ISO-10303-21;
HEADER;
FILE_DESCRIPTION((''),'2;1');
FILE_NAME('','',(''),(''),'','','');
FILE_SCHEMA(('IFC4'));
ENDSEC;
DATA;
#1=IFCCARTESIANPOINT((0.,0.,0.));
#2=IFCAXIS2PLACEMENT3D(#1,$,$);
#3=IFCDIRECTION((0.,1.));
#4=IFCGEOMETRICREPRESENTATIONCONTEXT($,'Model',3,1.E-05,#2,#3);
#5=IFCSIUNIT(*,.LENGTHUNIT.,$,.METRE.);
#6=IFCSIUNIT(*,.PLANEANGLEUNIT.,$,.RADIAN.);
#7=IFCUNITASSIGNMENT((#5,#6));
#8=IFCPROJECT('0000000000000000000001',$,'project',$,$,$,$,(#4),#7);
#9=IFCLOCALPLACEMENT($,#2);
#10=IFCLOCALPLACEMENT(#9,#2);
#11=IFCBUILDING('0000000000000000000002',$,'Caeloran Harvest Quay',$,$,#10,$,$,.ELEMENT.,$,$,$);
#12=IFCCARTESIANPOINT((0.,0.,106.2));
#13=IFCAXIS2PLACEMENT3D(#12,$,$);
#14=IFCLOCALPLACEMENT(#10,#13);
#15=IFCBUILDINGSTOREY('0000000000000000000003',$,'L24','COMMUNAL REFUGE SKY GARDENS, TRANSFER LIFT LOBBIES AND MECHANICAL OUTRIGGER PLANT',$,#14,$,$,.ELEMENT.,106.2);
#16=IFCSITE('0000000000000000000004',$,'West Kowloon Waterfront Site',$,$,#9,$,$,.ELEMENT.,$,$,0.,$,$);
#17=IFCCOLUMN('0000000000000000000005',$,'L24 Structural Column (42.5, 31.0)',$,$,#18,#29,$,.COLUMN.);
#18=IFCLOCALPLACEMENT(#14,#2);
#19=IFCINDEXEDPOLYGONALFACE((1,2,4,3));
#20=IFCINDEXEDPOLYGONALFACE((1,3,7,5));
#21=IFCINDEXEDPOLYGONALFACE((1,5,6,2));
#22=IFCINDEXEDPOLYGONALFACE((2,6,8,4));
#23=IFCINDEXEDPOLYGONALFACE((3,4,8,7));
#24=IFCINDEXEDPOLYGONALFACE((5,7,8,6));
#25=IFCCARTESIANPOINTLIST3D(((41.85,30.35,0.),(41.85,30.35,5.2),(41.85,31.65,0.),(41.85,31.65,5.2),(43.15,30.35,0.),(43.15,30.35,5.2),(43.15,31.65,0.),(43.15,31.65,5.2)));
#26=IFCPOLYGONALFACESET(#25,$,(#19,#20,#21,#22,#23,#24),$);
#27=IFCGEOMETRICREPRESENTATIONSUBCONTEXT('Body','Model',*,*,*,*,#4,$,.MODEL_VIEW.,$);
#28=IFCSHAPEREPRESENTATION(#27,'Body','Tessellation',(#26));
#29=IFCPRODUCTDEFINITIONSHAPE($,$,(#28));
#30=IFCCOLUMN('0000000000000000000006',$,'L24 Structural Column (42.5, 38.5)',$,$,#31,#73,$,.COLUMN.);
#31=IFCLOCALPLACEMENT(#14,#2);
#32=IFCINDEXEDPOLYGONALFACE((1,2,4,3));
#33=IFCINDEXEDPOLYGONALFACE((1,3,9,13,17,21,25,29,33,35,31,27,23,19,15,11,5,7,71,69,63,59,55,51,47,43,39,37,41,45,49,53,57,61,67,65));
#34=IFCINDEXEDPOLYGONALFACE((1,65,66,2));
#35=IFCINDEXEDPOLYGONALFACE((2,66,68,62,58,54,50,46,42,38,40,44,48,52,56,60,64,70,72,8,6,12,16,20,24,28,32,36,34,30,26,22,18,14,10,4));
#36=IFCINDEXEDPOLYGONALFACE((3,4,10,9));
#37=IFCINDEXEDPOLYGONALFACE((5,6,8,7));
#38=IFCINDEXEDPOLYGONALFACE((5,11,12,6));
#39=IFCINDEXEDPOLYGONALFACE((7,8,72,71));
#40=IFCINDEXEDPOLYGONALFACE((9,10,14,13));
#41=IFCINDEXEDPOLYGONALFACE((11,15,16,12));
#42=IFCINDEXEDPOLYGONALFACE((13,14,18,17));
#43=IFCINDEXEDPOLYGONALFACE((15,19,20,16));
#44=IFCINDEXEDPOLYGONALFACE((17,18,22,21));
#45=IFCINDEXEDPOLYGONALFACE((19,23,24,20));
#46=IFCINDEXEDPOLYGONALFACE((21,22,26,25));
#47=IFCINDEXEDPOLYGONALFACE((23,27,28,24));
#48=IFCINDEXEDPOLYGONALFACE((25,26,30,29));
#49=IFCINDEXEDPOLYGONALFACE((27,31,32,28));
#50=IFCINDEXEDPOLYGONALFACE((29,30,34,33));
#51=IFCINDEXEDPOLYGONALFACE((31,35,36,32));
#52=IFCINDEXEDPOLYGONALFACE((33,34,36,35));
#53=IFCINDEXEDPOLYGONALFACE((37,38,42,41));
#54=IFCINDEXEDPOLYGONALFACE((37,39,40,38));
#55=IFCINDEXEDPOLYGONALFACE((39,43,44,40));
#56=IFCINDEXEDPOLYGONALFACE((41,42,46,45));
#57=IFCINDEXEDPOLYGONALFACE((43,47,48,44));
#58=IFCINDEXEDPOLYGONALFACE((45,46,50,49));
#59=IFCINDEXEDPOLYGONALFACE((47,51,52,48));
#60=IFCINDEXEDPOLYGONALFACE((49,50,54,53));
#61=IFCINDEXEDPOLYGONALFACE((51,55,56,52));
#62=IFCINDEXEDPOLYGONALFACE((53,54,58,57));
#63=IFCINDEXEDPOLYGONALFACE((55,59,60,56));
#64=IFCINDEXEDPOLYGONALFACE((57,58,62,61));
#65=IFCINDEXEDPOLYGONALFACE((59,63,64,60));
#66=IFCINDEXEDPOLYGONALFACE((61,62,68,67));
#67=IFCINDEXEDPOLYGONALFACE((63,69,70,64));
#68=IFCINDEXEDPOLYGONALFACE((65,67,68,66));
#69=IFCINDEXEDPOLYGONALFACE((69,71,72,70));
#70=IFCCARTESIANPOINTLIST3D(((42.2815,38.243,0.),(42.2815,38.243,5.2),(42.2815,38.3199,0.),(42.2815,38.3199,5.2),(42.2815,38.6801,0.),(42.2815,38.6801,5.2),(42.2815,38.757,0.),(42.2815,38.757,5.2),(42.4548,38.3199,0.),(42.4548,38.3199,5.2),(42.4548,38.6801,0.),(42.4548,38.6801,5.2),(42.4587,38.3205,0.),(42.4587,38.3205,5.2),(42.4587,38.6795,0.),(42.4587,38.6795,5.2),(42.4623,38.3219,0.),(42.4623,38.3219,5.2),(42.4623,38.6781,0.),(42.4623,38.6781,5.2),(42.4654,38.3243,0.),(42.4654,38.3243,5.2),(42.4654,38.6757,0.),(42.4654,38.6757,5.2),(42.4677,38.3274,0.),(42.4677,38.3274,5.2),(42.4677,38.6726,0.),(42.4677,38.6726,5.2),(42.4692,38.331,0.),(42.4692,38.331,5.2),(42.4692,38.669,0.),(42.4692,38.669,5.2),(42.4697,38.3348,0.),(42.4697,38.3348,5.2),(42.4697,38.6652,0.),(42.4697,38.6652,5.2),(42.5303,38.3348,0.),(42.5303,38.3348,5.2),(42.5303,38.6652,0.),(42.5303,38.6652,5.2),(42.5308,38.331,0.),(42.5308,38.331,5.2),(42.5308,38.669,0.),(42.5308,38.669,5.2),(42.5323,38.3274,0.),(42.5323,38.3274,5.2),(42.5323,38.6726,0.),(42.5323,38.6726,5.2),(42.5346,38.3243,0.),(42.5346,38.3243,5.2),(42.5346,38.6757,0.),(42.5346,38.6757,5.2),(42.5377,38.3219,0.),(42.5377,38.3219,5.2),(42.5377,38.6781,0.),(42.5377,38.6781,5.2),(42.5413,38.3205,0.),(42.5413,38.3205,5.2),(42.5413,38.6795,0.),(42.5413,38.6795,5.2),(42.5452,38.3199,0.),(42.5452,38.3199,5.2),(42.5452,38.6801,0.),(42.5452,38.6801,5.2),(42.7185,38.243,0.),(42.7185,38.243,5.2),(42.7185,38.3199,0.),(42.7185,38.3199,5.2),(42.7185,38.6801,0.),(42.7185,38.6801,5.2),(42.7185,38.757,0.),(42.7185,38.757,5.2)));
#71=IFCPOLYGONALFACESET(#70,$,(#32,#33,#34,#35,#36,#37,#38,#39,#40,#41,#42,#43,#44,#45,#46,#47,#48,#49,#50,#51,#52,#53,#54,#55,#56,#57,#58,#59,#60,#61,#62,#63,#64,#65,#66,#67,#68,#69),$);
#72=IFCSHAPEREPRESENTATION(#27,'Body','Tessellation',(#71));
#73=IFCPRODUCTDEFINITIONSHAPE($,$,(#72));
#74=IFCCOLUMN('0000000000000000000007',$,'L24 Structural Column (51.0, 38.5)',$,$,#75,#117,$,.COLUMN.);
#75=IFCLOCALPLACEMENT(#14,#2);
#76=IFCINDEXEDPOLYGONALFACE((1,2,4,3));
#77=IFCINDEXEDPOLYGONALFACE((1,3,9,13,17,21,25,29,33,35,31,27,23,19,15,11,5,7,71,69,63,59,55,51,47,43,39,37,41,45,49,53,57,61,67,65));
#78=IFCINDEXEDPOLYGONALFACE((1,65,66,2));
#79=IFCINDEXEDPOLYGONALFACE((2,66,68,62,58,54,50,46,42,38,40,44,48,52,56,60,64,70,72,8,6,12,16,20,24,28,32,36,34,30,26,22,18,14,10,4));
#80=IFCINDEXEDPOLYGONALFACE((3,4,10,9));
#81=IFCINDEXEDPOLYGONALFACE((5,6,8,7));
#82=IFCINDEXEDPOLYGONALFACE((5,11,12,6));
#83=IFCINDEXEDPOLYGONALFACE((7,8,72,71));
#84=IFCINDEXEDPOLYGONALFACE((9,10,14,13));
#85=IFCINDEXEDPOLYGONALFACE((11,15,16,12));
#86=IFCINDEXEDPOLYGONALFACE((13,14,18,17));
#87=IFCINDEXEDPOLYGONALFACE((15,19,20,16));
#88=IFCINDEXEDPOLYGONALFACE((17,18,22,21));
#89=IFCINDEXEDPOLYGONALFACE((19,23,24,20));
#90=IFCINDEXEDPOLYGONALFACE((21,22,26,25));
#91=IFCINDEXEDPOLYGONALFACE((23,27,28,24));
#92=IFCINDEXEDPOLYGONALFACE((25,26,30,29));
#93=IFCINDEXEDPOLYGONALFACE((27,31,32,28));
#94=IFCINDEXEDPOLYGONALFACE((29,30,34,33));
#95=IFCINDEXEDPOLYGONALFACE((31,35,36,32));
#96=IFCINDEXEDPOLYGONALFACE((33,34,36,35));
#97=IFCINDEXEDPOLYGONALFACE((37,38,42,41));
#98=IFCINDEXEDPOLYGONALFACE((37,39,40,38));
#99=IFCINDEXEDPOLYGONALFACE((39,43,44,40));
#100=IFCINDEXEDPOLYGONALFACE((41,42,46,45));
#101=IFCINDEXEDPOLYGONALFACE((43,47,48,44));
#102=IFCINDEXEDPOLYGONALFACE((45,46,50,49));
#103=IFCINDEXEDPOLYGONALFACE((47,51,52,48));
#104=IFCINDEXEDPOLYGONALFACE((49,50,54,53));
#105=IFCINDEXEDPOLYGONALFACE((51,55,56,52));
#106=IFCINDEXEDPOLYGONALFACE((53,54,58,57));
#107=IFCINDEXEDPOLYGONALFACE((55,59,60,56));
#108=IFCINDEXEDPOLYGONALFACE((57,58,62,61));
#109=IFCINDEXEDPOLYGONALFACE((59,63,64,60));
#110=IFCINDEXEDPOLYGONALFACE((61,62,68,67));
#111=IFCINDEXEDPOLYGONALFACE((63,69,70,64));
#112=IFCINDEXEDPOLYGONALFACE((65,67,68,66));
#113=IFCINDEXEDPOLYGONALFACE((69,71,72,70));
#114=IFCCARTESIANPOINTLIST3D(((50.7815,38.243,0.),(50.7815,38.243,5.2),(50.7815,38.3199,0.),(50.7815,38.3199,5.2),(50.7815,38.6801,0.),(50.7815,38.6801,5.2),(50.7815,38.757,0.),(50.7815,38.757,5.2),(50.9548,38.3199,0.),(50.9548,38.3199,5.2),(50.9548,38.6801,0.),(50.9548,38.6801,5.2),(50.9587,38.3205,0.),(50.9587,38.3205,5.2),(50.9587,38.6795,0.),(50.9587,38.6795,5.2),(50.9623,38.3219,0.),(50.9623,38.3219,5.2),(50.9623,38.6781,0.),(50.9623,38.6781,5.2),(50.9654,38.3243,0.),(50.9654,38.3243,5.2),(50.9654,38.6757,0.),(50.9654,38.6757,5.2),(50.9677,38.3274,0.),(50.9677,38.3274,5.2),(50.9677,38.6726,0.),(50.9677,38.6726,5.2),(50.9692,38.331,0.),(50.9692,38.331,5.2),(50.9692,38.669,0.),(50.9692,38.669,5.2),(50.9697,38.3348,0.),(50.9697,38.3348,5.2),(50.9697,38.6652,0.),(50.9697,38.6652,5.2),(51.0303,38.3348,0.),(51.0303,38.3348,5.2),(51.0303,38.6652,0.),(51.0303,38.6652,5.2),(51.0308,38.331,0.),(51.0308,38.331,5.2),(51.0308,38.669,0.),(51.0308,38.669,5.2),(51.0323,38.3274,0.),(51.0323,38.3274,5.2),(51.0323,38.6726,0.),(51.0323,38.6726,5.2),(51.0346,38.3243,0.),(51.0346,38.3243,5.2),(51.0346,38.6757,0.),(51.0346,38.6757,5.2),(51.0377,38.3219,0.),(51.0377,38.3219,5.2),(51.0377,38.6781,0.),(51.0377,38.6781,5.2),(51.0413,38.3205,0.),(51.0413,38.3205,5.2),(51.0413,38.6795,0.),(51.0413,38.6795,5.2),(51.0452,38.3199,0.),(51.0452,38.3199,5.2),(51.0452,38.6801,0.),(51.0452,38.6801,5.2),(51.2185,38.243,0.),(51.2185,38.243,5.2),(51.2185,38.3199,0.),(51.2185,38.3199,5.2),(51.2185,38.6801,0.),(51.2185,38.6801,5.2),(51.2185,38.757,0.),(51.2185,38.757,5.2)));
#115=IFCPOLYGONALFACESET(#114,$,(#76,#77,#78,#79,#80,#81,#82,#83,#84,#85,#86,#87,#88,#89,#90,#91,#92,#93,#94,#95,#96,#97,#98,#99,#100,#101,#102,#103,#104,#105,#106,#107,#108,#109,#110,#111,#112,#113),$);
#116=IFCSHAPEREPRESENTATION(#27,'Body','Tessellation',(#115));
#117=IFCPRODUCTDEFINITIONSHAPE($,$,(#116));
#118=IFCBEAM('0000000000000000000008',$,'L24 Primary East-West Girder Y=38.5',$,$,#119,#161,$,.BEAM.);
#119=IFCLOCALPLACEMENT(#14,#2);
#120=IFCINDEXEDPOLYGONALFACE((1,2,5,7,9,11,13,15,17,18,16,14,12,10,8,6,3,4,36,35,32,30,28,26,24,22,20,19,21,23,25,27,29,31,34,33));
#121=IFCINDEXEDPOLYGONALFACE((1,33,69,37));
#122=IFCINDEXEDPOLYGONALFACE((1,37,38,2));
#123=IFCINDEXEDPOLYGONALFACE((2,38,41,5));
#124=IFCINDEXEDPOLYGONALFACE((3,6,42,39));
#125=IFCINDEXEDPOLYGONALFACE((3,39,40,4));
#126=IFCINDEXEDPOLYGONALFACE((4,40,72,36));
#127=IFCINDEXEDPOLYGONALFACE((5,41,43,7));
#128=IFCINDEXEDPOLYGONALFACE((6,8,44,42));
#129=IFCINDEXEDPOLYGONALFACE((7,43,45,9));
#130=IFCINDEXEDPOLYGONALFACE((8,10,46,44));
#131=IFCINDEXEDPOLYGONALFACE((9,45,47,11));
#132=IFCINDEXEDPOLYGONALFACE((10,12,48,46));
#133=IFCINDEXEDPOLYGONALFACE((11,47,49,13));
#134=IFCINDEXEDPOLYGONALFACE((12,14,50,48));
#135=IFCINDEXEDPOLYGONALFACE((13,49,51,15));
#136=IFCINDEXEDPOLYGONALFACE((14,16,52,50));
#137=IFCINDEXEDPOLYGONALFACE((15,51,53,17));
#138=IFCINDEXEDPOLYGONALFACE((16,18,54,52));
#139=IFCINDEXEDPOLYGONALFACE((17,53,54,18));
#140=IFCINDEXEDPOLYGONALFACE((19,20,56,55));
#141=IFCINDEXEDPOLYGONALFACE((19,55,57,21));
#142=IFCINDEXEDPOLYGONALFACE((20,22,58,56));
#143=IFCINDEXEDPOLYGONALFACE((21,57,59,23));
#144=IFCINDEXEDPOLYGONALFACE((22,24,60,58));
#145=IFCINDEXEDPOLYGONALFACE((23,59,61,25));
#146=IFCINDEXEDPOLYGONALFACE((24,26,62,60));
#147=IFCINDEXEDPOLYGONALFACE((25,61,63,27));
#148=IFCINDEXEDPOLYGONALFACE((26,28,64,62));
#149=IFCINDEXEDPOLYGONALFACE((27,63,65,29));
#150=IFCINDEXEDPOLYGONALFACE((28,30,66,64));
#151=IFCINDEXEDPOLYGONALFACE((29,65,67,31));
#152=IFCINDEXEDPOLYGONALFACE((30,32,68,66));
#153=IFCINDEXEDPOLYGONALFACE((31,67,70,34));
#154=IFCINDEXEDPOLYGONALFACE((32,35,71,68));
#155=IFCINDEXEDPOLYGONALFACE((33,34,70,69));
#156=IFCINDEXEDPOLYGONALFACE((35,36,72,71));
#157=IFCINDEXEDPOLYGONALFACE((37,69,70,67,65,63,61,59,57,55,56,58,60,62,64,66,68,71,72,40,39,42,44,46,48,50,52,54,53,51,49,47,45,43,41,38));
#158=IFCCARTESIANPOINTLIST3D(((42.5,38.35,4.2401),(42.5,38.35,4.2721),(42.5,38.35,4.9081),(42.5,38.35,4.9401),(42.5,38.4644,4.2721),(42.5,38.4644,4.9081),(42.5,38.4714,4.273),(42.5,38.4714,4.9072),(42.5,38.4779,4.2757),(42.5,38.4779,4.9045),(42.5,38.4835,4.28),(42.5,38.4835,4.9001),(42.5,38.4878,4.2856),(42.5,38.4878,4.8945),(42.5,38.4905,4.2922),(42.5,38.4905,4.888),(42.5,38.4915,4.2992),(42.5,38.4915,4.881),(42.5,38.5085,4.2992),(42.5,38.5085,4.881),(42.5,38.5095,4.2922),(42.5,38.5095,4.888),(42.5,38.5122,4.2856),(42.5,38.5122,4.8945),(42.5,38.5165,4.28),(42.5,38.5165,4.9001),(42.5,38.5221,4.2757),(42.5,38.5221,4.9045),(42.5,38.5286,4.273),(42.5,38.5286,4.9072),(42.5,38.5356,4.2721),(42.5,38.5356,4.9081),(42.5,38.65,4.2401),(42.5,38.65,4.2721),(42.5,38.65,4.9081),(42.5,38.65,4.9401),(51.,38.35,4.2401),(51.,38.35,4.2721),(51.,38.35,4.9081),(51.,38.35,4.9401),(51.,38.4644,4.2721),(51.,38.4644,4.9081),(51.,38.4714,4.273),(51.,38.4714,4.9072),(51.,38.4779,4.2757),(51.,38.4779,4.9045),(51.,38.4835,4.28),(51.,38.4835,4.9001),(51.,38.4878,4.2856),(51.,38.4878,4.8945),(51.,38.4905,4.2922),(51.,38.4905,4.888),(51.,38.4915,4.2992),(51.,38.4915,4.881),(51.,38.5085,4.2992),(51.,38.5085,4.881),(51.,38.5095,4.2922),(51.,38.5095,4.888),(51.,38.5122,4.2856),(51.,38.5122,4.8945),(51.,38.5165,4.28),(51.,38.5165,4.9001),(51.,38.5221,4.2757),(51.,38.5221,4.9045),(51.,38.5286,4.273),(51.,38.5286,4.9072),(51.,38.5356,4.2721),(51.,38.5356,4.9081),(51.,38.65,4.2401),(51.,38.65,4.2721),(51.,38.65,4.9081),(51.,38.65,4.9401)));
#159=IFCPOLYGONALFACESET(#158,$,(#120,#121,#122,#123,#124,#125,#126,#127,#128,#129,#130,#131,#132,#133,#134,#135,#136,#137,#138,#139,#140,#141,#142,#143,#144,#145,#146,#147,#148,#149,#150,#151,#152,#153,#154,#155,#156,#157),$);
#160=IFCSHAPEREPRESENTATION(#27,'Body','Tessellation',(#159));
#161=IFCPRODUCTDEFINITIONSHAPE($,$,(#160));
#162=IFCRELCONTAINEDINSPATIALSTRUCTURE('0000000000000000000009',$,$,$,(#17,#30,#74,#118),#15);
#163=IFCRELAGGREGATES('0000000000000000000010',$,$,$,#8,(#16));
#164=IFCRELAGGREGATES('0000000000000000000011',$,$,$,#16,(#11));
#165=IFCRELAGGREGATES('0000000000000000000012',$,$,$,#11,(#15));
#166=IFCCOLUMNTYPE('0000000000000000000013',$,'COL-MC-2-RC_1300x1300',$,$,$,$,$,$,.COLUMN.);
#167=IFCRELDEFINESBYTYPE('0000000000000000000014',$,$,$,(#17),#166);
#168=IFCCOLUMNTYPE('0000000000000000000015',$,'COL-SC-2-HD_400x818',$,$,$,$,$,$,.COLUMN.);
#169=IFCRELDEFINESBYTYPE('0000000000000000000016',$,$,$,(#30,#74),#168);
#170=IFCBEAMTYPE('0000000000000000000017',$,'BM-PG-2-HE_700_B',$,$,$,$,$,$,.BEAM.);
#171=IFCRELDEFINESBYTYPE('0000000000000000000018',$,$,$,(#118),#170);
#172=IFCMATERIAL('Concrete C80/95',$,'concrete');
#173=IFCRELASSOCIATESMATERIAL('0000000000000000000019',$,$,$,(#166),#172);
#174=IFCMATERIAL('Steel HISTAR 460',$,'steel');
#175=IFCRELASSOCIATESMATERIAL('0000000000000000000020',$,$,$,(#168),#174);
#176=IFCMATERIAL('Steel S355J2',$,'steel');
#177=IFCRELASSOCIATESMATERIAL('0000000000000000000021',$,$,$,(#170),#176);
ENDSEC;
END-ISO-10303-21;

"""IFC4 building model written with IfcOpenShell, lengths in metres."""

from ifc_helpers import new_model, si_unit, direction, frame, origin, origin_2d, place, context, subcontext, project, spatial, rectangle, i_section, extrude, material, material_profile, profile_set, type_object, element, save


model = new_model("IFC4")

# Units and contexts
model_context = context("Model", 3, precision=1e-05, world=origin(), true_north=direction((0.0, 1.0)))
body_context = subcontext(model_context, "Body", "Model", "MODEL_VIEW")
ifc_project = project(units=[si_unit("LENGTHUNIT", "METRE"), si_unit("PLANEANGLEUNIT", "RADIAN")], contexts=[model_context])

# Site, building, storey
site_placement = place(None, origin())
site = spatial("IfcSite", under=ifc_project, at=site_placement, Name="West Kowloon Waterfront Site", CompositionType="ELEMENT", RefElevation=0.0)
building_placement = place(site_placement, origin())
building = spatial("IfcBuilding", under=site, at=building_placement, Name="Caeloran Harvest Quay", CompositionType="ELEMENT")
storey_placement = place(building_placement, frame((0.0, 0.0, 106.2)))
storey = spatial("IfcBuildingStorey", under=building, at=storey_placement, Name="L24", Description="COMMUNAL REFUGE SKY GARDENS, TRANSFER LIFT LOBBIES AND MECHANICAL OUTRIGGER PLANT", CompositionType="ELEMENT", Elevation=106.2)

# Columns
ifc_material_1 = material(Name="Concrete C80/95", Category="concrete")
ifc_material_profile_1 = material_profile(ifc_material_1, rectangle(XDim=1.3, YDim=1.3, at=origin_2d()), Name="RC 1300x1300")
ifc_profile_set_1 = profile_set([ifc_material_profile_1], Name="Concrete C80/95")
column_type_1 = type_object("IfcColumnType", Name="COL-MC-2-RC_1300x1300", PredefinedType="COLUMN", material=ifc_profile_set_1)
column_placement = place(storey_placement, frame((42.5, 31.0, 0.0), z_axis=(0.0, 0.0, 1.0), x_axis=(1.0, 0.0, 0.0)))
element("IfcColumn", 1, at=column_placement, inside=storey, type_object=column_type_1, Name="L24 Structural Column (42.5, 31.0)", PredefinedType="COLUMN", context=body_context, shape_type="SweptSolid", body=[
    extrude(rectangle(XDim=1.3, YDim=1.3, at=origin_2d()), origin(), (0.0, 0.0, 1.0), 5.2),
])
ifc_material_2 = material(Name="Steel HISTAR 460", Category="steel")
ifc_material_profile_2 = material_profile(ifc_material_2, i_section(OverallWidth=0.437, OverallDepth=0.5139, WebThickness=0.0605, FlangeThickness=0.0769, FilletRadius=0.0149, at=origin_2d()), Name="HD 400x818")
ifc_profile_set_2 = profile_set([ifc_material_profile_2], Name="Steel HISTAR 460")
column_type_2 = type_object("IfcColumnType", Name="COL-SC-2-HD_400x818", PredefinedType="COLUMN", material=ifc_profile_set_2)
for number, where, z_axis, x_axis, name in (
    (2, (42.5, 38.5, 0.0), (0.0, 0.0, 1.0), (1.0, 0.0, 0.0), "L24 Structural Column (42.5, 38.5)"),
    (3, (51.0, 38.5, 0.0), (0.0, 0.0, 1.0), (1.0, 0.0, 0.0), "L24 Structural Column (51.0, 38.5)"),
):
    element("IfcColumn", number, at=place(storey_placement, frame(where, z_axis=z_axis, x_axis=x_axis)), inside=storey, type_object=column_type_2, Name=name, PredefinedType="COLUMN", context=body_context, shape_type="SweptSolid", body=[
        extrude(i_section(OverallWidth=0.437, OverallDepth=0.5139, WebThickness=0.0605, FlangeThickness=0.0769, FilletRadius=0.0149, at=origin_2d()), origin(), (0.0, 0.0, 1.0), 5.2),
    ])

# Beam
ifc_material_3 = material(Name="Steel S355J2", Category="steel")
ifc_material_profile_3 = material_profile(ifc_material_3, i_section(OverallWidth=0.3, OverallDepth=0.7, WebThickness=0.0171, FlangeThickness=0.032, FilletRadius=0.0271, at=origin_2d()), Name="HE 700 B")
ifc_profile_set_3 = profile_set([ifc_material_profile_3], Name="Steel S355J2")
beam_type = type_object("IfcBeamType", Name="BM-PG-2-HE_700_B", PredefinedType="BEAM", material=ifc_profile_set_3)
beam_1_placement = place(storey_placement, frame((42.5, 38.5, 4.5901), z_axis=(1.0, 0.0, 0.0), x_axis=(0.0, 1.0, 0.0)))
element("IfcBeam", 4, at=beam_1_placement, inside=storey, type_object=beam_type, Name="L24 Primary East-West Girder Y=38.5", PredefinedType="BEAM", context=body_context, shape_type="SweptSolid", body=[
    extrude(i_section(OverallWidth=0.3, OverallDepth=0.7, WebThickness=0.0171, FlangeThickness=0.032, FilletRadius=0.0271, at=origin_2d()), origin(), (0.0, 0.0, 1.0), 8.5),
])

save(model, "model.ifc")
